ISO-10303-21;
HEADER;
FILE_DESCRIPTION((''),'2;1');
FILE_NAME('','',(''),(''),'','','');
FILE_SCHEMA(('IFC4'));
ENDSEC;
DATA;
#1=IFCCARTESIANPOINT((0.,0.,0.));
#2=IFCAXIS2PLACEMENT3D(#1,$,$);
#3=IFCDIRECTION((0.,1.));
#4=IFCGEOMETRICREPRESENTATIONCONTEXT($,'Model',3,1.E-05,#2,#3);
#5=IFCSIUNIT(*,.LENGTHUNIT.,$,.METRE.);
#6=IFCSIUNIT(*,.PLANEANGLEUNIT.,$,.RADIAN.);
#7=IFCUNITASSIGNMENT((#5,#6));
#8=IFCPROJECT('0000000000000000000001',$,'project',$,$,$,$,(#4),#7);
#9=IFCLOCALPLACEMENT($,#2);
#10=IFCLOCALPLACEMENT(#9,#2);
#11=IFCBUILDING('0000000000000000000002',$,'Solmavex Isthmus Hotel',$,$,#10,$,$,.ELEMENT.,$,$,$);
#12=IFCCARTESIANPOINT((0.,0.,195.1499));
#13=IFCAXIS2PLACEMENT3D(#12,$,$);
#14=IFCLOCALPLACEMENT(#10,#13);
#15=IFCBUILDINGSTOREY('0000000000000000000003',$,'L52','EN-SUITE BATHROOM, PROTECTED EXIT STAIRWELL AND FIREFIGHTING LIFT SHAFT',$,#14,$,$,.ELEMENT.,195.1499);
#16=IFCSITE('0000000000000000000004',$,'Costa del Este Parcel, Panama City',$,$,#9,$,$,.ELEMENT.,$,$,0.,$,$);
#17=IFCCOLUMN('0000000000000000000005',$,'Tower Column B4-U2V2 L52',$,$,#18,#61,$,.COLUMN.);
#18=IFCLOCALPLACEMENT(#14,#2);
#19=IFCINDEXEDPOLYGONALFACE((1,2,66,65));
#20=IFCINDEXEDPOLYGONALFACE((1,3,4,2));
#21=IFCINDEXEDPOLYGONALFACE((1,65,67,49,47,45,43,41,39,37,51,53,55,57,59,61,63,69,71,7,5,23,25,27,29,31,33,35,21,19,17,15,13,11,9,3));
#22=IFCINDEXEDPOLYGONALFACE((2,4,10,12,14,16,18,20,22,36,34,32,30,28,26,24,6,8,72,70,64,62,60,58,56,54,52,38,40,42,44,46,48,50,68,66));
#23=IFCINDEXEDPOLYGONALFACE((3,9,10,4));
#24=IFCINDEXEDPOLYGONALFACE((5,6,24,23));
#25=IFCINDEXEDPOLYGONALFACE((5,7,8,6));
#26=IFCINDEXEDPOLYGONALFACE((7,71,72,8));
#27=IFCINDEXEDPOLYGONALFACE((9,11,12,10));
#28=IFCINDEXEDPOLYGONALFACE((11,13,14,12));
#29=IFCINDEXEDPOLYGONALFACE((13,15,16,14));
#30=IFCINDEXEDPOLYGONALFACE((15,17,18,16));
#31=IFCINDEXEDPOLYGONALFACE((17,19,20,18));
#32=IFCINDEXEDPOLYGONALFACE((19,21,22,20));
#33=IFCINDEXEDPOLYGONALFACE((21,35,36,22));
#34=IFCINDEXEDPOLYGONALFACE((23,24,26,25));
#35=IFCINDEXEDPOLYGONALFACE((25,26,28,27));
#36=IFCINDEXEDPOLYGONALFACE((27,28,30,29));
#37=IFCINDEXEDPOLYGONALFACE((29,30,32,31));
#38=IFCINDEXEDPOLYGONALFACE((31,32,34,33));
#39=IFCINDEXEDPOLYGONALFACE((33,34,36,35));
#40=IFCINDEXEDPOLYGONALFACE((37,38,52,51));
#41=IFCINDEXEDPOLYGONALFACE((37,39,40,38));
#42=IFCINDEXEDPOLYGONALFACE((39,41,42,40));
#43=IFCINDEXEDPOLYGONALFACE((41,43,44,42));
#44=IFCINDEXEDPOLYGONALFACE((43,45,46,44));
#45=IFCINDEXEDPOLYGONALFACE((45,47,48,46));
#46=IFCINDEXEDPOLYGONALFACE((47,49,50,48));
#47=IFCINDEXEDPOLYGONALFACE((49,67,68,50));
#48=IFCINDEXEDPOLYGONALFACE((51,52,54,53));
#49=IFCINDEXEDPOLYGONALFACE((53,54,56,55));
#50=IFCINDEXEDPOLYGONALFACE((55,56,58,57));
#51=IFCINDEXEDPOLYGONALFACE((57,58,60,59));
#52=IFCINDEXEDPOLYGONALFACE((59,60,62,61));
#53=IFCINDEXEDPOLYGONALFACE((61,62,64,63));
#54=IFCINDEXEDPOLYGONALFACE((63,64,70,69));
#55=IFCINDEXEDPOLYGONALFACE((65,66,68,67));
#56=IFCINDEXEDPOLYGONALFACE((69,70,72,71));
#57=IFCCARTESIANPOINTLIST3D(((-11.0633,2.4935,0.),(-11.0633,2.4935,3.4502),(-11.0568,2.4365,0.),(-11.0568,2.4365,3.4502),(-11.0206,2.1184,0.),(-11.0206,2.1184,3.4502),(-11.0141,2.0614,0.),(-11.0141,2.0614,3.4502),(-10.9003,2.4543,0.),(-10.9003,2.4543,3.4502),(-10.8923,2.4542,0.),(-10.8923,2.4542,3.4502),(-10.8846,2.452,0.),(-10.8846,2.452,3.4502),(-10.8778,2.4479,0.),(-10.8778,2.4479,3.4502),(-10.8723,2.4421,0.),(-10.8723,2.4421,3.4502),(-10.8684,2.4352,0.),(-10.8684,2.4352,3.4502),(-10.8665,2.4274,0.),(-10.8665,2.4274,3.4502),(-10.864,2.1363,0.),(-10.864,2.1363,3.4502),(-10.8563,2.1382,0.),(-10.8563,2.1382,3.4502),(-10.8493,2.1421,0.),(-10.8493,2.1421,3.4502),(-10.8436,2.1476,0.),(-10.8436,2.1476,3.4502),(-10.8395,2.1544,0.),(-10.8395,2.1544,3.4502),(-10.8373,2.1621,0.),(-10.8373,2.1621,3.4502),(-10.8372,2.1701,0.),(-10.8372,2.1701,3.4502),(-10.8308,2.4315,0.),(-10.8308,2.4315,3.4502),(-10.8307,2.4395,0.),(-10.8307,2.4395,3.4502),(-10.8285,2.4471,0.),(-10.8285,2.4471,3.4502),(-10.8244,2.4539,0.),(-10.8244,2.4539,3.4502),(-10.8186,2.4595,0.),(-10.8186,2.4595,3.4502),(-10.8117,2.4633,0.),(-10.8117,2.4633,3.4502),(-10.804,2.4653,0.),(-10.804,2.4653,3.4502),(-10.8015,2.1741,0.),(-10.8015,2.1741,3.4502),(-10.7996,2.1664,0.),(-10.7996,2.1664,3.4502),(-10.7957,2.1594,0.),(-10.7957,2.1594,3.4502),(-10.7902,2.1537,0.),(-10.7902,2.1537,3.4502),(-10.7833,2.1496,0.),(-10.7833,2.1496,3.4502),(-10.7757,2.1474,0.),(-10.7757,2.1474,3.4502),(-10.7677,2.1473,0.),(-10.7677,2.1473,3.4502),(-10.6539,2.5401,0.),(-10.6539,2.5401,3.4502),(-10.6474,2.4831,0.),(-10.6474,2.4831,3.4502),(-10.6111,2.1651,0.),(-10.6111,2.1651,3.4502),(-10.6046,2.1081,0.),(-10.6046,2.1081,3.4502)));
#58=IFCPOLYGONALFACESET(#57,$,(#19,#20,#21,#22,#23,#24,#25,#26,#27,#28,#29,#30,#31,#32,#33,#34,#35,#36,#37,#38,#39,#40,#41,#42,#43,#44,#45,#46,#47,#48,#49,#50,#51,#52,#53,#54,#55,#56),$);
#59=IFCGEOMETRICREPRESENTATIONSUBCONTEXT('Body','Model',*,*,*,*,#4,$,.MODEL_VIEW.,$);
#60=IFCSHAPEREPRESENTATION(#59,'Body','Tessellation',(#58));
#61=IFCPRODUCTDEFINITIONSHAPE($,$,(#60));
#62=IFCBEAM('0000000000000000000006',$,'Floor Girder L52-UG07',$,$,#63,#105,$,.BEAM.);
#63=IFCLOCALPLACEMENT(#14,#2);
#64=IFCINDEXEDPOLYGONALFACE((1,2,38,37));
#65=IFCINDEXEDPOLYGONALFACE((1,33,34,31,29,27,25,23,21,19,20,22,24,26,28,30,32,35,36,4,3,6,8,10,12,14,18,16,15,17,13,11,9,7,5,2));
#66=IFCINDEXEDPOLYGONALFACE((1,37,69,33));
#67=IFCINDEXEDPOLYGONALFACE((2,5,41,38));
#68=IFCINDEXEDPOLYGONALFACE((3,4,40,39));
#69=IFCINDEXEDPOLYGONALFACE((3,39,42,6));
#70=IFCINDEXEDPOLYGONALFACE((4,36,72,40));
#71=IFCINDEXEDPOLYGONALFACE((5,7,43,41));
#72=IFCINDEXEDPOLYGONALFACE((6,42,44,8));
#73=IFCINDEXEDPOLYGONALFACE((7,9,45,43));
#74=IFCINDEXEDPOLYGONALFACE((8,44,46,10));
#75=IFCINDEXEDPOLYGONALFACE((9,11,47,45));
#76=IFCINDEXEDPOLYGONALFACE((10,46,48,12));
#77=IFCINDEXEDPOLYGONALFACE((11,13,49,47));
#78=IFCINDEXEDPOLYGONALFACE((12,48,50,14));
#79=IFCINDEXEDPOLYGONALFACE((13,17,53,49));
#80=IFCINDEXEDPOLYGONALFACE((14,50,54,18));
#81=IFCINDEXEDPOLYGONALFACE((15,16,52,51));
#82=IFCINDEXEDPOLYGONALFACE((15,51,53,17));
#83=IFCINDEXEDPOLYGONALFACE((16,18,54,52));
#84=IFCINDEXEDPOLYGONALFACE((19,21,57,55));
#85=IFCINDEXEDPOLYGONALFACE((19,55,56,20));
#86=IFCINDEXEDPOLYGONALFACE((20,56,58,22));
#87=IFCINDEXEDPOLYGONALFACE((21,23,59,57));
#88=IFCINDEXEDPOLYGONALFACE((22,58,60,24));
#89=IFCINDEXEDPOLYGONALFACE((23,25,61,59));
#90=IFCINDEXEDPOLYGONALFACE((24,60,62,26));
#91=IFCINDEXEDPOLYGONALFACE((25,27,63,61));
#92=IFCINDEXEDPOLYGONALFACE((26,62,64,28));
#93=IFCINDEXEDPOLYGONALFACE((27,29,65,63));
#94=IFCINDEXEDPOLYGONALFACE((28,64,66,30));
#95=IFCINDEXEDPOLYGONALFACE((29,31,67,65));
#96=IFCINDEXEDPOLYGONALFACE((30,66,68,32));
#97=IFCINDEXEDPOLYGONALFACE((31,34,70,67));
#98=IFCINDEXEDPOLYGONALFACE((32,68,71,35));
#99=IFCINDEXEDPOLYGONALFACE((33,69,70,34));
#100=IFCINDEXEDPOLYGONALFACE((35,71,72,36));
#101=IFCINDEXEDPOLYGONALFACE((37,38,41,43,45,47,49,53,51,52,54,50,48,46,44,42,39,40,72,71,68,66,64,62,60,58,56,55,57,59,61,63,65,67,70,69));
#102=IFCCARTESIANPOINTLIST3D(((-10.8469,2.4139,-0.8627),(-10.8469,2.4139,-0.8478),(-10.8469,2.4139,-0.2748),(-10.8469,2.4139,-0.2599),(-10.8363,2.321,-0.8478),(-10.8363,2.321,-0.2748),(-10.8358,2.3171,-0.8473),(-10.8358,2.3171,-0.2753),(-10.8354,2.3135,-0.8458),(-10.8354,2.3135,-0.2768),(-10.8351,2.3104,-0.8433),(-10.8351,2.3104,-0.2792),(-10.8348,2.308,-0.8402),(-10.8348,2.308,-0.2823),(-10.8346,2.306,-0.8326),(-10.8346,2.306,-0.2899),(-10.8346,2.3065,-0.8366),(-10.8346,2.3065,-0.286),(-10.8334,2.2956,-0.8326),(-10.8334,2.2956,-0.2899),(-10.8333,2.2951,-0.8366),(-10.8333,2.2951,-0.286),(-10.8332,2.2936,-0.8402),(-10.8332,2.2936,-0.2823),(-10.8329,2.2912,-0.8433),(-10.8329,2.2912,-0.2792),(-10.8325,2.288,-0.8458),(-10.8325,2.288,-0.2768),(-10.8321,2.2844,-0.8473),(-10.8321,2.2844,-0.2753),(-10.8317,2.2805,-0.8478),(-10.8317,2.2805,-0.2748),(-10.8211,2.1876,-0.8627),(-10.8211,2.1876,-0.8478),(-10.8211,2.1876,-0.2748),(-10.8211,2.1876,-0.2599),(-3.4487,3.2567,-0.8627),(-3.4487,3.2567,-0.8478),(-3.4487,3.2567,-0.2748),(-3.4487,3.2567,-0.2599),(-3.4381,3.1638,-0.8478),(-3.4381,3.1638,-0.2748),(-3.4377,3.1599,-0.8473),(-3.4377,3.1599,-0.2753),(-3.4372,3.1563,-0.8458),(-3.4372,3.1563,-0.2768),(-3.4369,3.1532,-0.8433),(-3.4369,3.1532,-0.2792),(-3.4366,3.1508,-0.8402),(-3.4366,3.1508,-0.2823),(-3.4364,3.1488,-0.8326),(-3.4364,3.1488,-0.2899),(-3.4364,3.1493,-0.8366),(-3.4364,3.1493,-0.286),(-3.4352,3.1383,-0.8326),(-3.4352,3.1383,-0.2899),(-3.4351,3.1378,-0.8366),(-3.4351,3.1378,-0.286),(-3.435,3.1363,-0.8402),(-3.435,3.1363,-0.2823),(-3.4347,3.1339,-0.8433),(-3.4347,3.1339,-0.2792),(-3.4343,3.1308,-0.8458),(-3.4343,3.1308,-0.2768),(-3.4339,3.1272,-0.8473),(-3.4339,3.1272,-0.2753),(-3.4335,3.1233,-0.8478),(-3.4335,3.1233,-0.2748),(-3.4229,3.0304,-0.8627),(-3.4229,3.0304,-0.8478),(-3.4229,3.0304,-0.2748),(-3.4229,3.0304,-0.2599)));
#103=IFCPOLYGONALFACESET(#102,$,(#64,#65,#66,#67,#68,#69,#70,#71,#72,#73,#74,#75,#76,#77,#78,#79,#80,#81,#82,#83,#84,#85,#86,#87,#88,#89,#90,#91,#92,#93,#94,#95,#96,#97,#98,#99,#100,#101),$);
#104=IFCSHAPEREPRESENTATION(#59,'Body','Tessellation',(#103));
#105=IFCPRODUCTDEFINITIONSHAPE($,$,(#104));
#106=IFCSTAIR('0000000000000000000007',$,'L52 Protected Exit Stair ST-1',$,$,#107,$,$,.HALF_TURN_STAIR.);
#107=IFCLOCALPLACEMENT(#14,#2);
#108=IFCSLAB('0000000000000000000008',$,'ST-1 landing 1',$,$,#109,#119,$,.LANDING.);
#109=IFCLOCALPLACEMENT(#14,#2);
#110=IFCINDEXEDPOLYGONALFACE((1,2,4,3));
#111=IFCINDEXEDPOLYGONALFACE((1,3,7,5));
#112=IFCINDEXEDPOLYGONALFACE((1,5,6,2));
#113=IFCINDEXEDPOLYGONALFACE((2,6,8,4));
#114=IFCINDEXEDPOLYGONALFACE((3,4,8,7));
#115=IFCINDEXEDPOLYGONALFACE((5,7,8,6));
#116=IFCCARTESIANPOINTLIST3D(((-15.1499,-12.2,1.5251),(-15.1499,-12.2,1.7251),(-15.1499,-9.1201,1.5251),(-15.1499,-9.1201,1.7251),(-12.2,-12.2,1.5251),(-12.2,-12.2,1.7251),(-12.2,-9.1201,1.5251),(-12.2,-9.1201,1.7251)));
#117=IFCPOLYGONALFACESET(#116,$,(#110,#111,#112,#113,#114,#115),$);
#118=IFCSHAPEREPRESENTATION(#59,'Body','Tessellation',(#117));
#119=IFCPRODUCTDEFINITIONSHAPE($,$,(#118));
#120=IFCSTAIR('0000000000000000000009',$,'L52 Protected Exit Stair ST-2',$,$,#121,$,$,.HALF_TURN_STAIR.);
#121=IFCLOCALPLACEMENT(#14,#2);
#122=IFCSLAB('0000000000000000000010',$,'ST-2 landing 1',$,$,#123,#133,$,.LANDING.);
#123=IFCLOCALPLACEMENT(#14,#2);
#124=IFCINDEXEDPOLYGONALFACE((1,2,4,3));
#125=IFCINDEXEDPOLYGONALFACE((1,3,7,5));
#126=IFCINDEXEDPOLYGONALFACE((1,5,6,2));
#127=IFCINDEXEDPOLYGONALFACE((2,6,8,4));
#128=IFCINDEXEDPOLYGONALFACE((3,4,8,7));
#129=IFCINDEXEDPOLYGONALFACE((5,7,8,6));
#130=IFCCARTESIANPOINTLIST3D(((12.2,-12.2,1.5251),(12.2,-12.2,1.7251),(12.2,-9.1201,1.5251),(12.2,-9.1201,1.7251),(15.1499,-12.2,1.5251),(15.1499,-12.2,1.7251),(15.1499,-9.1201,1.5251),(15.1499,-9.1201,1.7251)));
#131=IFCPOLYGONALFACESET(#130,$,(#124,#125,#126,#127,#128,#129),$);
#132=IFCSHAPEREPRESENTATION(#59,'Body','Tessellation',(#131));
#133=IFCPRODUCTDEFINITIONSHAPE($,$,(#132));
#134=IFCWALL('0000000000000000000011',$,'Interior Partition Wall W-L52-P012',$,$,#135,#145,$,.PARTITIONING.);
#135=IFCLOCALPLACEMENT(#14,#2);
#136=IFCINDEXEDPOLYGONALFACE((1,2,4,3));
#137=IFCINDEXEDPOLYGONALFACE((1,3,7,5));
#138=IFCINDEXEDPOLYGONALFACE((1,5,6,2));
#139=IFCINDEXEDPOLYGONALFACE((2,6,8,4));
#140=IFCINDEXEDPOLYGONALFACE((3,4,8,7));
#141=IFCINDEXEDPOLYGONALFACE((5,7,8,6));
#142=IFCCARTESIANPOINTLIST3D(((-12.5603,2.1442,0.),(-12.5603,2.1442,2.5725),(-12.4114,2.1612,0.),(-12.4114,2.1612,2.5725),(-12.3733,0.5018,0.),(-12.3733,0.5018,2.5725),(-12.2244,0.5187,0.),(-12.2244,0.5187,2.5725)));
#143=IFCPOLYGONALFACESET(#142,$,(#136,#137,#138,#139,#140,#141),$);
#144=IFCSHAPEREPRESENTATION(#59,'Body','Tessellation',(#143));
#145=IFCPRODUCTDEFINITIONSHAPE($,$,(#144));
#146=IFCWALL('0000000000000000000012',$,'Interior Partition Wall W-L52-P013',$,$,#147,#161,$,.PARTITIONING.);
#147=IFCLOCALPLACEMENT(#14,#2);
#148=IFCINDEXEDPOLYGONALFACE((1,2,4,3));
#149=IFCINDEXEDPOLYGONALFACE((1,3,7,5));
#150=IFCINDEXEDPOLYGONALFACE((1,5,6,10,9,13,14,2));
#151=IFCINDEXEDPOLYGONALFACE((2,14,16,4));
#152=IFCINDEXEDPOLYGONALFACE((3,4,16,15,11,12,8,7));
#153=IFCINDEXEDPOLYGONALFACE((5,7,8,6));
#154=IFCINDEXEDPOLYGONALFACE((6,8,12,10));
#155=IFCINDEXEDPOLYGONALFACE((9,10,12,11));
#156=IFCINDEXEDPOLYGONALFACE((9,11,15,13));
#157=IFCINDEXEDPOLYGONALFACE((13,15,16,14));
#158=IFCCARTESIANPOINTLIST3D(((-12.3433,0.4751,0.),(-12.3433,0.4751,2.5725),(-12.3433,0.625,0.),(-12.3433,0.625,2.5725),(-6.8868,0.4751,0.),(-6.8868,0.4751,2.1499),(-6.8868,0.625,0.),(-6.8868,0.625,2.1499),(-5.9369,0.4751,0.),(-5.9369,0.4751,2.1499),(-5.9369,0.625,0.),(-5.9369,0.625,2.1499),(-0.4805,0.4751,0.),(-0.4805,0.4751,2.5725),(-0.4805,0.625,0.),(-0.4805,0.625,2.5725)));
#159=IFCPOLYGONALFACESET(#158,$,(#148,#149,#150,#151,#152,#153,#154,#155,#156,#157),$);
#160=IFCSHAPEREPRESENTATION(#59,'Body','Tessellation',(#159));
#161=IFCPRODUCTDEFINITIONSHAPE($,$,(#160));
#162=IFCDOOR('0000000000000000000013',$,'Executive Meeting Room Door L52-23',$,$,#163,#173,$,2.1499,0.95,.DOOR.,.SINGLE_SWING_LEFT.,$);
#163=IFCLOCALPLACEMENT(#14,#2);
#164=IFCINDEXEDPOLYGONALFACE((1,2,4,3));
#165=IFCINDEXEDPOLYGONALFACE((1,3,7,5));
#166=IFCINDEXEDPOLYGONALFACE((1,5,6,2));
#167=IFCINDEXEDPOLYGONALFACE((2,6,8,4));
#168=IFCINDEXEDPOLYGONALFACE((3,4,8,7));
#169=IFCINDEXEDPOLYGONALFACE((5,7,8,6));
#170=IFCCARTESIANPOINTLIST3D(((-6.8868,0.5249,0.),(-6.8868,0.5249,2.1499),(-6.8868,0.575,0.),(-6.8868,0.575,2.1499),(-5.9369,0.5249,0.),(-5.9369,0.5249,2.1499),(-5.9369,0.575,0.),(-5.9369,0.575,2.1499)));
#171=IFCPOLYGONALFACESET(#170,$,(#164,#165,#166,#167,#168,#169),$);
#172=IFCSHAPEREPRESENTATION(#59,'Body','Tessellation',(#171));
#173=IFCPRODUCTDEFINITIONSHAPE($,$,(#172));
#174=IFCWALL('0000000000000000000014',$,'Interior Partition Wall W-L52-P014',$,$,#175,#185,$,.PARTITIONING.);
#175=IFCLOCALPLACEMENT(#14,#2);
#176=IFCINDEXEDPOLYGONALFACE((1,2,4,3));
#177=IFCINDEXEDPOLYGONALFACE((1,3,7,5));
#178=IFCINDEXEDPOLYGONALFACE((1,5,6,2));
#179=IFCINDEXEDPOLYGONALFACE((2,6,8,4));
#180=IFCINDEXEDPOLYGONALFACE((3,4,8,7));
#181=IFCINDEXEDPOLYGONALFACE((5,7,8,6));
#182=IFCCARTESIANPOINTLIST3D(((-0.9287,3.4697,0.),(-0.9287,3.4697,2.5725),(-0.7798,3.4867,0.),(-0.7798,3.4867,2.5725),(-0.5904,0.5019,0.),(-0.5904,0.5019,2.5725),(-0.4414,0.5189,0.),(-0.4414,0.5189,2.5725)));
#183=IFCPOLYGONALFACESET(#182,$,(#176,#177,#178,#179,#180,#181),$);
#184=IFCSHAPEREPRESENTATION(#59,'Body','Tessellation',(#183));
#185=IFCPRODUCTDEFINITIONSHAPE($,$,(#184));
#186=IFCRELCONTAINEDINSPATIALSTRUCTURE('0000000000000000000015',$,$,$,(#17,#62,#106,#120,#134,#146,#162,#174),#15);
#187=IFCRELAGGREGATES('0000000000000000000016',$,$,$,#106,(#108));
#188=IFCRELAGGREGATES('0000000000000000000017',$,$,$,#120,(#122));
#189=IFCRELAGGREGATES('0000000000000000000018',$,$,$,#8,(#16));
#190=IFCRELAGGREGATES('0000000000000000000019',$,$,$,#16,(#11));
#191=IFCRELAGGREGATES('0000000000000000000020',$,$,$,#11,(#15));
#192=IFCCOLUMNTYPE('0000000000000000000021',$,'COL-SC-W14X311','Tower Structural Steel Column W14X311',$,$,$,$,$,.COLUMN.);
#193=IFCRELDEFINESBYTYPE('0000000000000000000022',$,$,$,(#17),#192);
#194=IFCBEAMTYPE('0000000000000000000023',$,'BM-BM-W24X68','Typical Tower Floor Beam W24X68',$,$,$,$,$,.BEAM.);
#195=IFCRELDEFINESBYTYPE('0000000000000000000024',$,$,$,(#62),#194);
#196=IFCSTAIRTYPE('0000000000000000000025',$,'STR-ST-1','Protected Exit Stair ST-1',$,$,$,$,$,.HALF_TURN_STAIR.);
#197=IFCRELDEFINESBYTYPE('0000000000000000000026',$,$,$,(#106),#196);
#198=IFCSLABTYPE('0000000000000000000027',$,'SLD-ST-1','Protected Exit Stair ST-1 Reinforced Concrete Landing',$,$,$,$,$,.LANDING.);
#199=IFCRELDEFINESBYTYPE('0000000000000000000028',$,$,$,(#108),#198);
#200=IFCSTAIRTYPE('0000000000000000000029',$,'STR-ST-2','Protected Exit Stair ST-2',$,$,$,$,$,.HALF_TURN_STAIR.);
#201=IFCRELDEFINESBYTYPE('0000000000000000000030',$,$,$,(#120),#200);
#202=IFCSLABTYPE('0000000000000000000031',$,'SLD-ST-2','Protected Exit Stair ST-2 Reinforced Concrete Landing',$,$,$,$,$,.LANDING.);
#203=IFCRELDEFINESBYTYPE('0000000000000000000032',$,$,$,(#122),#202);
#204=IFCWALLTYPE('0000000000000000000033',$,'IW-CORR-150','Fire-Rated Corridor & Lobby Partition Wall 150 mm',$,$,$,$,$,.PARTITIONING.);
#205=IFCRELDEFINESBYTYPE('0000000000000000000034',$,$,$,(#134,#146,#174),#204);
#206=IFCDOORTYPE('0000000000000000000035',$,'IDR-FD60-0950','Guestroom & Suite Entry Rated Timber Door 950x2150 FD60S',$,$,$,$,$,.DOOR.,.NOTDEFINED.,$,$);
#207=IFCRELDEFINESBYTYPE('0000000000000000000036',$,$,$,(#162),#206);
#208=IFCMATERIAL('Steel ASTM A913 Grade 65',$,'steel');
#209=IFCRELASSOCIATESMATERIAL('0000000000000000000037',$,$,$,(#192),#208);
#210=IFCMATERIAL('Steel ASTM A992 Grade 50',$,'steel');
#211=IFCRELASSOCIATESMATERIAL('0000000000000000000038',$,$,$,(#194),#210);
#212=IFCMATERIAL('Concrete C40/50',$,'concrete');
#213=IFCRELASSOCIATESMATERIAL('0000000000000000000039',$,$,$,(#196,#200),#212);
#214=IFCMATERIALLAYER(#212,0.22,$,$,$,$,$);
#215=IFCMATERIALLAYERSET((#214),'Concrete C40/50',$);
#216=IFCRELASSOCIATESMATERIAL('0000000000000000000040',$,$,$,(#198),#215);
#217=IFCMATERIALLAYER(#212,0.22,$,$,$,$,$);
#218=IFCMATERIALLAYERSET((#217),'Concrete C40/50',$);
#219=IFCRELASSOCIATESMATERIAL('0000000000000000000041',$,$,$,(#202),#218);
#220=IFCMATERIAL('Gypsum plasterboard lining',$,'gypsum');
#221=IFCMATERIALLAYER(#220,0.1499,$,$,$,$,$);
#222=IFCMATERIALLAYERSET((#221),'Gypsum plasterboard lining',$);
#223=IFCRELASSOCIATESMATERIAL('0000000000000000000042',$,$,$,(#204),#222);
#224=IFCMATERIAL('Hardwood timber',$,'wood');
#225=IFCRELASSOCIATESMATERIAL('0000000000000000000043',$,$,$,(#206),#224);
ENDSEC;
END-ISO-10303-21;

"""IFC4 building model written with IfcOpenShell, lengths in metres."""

from ifc_helpers import new_model, si_unit, direction, frame, frame_2d, origin, origin_2d, place, context, subcontext, project, spatial, polyline, rectangle, i_section, outline, extrude, material, layer, layer_set, material_profile, profile_set, type_object, element, fill, aggregate, save


model = new_model("IFC4")

# Units and contexts
model_context = context("Model", 3, precision=1e-05, world=origin(), true_north=direction((0.0, 1.0)))
body_context = subcontext(model_context, "Body", "Model", "MODEL_VIEW")
ifc_project = project(units=[si_unit("LENGTHUNIT", "METRE"), si_unit("PLANEANGLEUNIT", "RADIAN")], contexts=[model_context])

# Site, building, storey
site_placement = place(None, origin())
site = spatial("IfcSite", under=ifc_project, at=site_placement, Name="Costa del Este Parcel, Panama City", CompositionType="ELEMENT", RefElevation=0.0)
building_placement = place(site_placement, origin())
building = spatial("IfcBuilding", under=site, at=building_placement, Name="Solmavex Isthmus Hotel", CompositionType="ELEMENT")
storey_placement = place(building_placement, frame((0.0, 0.0, 195.1499)))
storey = spatial("IfcBuildingStorey", under=building, at=storey_placement, Name="L52", Description="EN-SUITE BATHROOM, PROTECTED EXIT STAIRWELL AND FIREFIGHTING LIFT SHAFT", CompositionType="ELEMENT", Elevation=195.1499)

# Column
ifc_material_1 = material(Name="Steel ASTM A913 Grade 65", Category="steel")
ifc_material_profile_1 = material_profile(ifc_material_1, i_section(OverallWidth=0.4121, OverallDepth=0.4348, WebThickness=0.0359, FlangeThickness=0.0574, FilletRadius=0.0305, at=origin_2d()), Name="W14X311")
ifc_profile_set_1 = profile_set([ifc_material_profile_1], Name="Steel ASTM A913 Grade 65")
column_type = type_object("IfcColumnType", Name="COL-SC-W14X311", Description="Tower Structural Steel Column W14X311", PredefinedType="COLUMN", material=ifc_profile_set_1)
column_placement = place(storey_placement, frame((-10.834, 2.3008, 0.0), z_axis=(0.0, 0.0, 1.0), x_axis=(0.993572, 0.113203, 0.0)))
element("IfcColumn", 1, at=column_placement, inside=storey, type_object=column_type, Name="Tower Column B4-U2V2 L52", PredefinedType="COLUMN", context=body_context, shape_type="SweptSolid", body=[
    extrude(i_section(OverallWidth=0.4121, OverallDepth=0.4348, WebThickness=0.0359, FlangeThickness=0.0574, FilletRadius=0.0305, at=origin_2d()), origin(), (0.0, 0.0, 1.0), 3.4502),
])

# Beam
ifc_material_2 = material(Name="Steel ASTM A992 Grade 50", Category="steel")
ifc_material_profile_2 = material_profile(ifc_material_2, i_section(OverallWidth=0.2278, OverallDepth=0.6028, WebThickness=0.0105, FlangeThickness=0.0149, FilletRadius=0.0151, at=origin_2d()), Name="W24X68")
ifc_profile_set_2 = profile_set([ifc_material_profile_2], Name="Steel ASTM A992 Grade 50")
beam_type = type_object("IfcBeamType", Name="BM-BM-W24X68", Description="Typical Tower Floor Beam W24X68", PredefinedType="BEAM", material=ifc_profile_set_2)
beam_placement = place(storey_placement, frame((-10.834, 2.3008, -0.5613), z_axis=(0.993574, 0.113184, 0.0), x_axis=(-0.113184, 0.993574, 0.0)))
element("IfcBeam", 2, at=beam_placement, inside=storey, type_object=beam_type, Name="Floor Girder L52-UG07", PredefinedType="BEAM", context=body_context, shape_type="SweptSolid", body=[
    extrude(i_section(OverallWidth=0.2278, OverallDepth=0.6028, WebThickness=0.0105, FlangeThickness=0.0149, FilletRadius=0.0151, at=origin_2d()), origin(), (0.0, 0.0, 1.0), 7.446),
])

# Stairs, slabs
ifc_material_3 = material(Name="Concrete C40/50", Category="concrete")
stair_type_1 = type_object("IfcStairType", Name="STR-ST-1", Description="Protected Exit Stair ST-1", PredefinedType="HALF_TURN_STAIR", material=ifc_material_3)
stair_1_placement = place(storey_placement, origin())
stair_1 = element("IfcStair", 3, at=stair_1_placement, inside=storey, type_object=stair_type_1, Name="L52 Protected Exit Stair ST-1", PredefinedType="HALF_TURN_STAIR")
ifc_layer_1 = layer(ifc_material_3, 0.22)
ifc_layer_set_1 = layer_set([ifc_layer_1], Name="Concrete C40/50")
slab_type_1 = type_object("IfcSlabType", Name="SLD-ST-1", Description="Protected Exit Stair ST-1 Reinforced Concrete Landing", PredefinedType="LANDING", material=ifc_layer_set_1)
slab_1_placement = place(storey_placement, frame((0.0, 0.0, 1.5251)))
slab_1 = element("IfcSlab", 4, at=slab_1_placement, type_object=slab_type_1, Name="ST-1 landing 1", PredefinedType="LANDING", context=body_context, shape_type="SweptSolid", body=[
    extrude(outline(polyline([(-15.1499, -9.1201), (-15.1499, -12.2), (-12.2, -12.2), (-12.2, -9.1201), (-15.1499, -9.1201)])), origin(), (0.0, 0.0, 1.0), 0.2),
])
aggregate(stair_1, [slab_1])
stair_type_2 = type_object("IfcStairType", Name="STR-ST-2", Description="Protected Exit Stair ST-2", PredefinedType="HALF_TURN_STAIR", material=ifc_material_3)
stair_2_placement = place(storey_placement, origin())
stair_2 = element("IfcStair", 5, at=stair_2_placement, inside=storey, type_object=stair_type_2, Name="L52 Protected Exit Stair ST-2", PredefinedType="HALF_TURN_STAIR")
ifc_layer_2 = layer(ifc_material_3, 0.22)
ifc_layer_set_2 = layer_set([ifc_layer_2], Name="Concrete C40/50")
slab_type_2 = type_object("IfcSlabType", Name="SLD-ST-2", Description="Protected Exit Stair ST-2 Reinforced Concrete Landing", PredefinedType="LANDING", material=ifc_layer_set_2)
slab_2_placement = place(storey_placement, frame((0.0, 0.0, 1.5251)))
slab_2 = element("IfcSlab", 6, at=slab_2_placement, type_object=slab_type_2, Name="ST-2 landing 1", PredefinedType="LANDING", context=body_context, shape_type="SweptSolid", body=[
    extrude(outline(polyline([(12.2, -9.1201), (12.2, -12.2), (15.1499, -12.2), (15.1499, -9.1201), (12.2, -9.1201)])), origin(), (0.0, 0.0, 1.0), 0.2),
])
aggregate(stair_2, [slab_2])

# Wall
ifc_material_4 = material(Name="Gypsum plasterboard lining", Category="gypsum")
ifc_layer_3 = layer(ifc_material_4, 0.1499)
ifc_layer_set_3 = layer_set([ifc_layer_3], Name="Gypsum plasterboard lining")
wall_type = type_object("IfcWallType", Name="IW-CORR-150", Description="Fire-Rated Corridor & Lobby Partition Wall 150 mm", PredefinedType="PARTITIONING", material=ifc_layer_set_3)
wall_1_placement = place(storey_placement, frame((-12.4858, 2.1528, 0.0), z_axis=(0.0, 0.0, 1.0), x_axis=(0.113122, -0.993581, 0.0)))
element("IfcWall", 7, at=wall_1_placement, inside=storey, type_object=wall_type, Name="Interior Partition Wall W-L52-P012", PredefinedType="PARTITIONING", context=body_context, shape_type="SweptSolid", body=[
    extrude(rectangle(XDim=1.6531, YDim=0.1499, at=frame_2d((0.8267, 0.0))), origin(), (0.0, 0.0, 1.0), 2.5725),
])

# Wall, opening, door
wall_2_placement = place(storey_placement, frame((-12.3433, 0.55, 0.0), z_axis=(0.0, 0.0, 1.0), x_axis=(1.0, 0.0, 0.0)))
wall_2 = element("IfcWall", 8, at=wall_2_placement, inside=storey, type_object=wall_type, Name="Interior Partition Wall W-L52-P013", PredefinedType="PARTITIONING", context=body_context, shape_type="SweptSolid", body=[
    extrude(rectangle(XDim=11.8628, YDim=0.1499, at=frame_2d((5.9314, 0.0))), origin(), (0.0, 0.0, 1.0), 2.5725),
])
opening_placement = place(wall_2_placement, frame((5.4563, 0.0, 0.0)))
opening = element("IfcOpeningElement", 9, at=opening_placement, cuts=wall_2, PredefinedType="OPENING", context=body_context, shape_type="SweptSolid", body=[
    extrude(rectangle(XDim=0.95, YDim=2.1499, at=frame_2d((0.4751, 1.075))), frame((0.0, 0.085, 0.0), z_axis=(0.0, -1.0, 0.0), x_axis=(1.0, 0.0, 0.0)), (0.0, 0.0, 1.0), 0.1699),
])
ifc_material_5 = material(Name="Hardwood timber", Category="wood")
door_type = type_object("IfcDoorType", Name="IDR-FD60-0950", Description="Guestroom & Suite Entry Rated Timber Door 950x2150 FD60S", OperationType="NOTDEFINED", PredefinedType="DOOR", material=ifc_material_5)
door_placement = place(opening_placement, origin())
door = element("IfcDoor", 10, at=door_placement, inside=storey, type_object=door_type, Name="Executive Meeting Room Door L52-23", OperationType="SINGLE_SWING_LEFT", OverallHeight=2.1499, OverallWidth=0.95, PredefinedType="DOOR", context=body_context, shape_type="SweptSolid", body=[
    extrude(rectangle(XDim=0.95, YDim=2.1499, at=frame_2d((0.4751, 1.075))), frame((0.0, 0.0249, 0.0), z_axis=(0.0, -1.0, 0.0), x_axis=(1.0, 0.0, 0.0)), (0.0, 0.0, 1.0), 0.05),
])
fill(opening, door)

# Wall
wall_3_placement = place(storey_placement, frame((-0.5159, 0.5103, 0.0), z_axis=(0.0, 0.0, 1.0), x_axis=(-0.113284, 0.993563, 0.0)))
element("IfcWall", 11, at=wall_3_placement, inside=storey, type_object=wall_type, Name="Interior Partition Wall W-L52-P014", PredefinedType="PARTITIONING", context=body_context, shape_type="SweptSolid", body=[
    extrude(rectangle(XDim=2.9871, YDim=0.1499, at=frame_2d((1.4937, 0.0))), origin(), (0.0, 0.0, 1.0), 2.5725),
])

save(model, "model.ifc")
